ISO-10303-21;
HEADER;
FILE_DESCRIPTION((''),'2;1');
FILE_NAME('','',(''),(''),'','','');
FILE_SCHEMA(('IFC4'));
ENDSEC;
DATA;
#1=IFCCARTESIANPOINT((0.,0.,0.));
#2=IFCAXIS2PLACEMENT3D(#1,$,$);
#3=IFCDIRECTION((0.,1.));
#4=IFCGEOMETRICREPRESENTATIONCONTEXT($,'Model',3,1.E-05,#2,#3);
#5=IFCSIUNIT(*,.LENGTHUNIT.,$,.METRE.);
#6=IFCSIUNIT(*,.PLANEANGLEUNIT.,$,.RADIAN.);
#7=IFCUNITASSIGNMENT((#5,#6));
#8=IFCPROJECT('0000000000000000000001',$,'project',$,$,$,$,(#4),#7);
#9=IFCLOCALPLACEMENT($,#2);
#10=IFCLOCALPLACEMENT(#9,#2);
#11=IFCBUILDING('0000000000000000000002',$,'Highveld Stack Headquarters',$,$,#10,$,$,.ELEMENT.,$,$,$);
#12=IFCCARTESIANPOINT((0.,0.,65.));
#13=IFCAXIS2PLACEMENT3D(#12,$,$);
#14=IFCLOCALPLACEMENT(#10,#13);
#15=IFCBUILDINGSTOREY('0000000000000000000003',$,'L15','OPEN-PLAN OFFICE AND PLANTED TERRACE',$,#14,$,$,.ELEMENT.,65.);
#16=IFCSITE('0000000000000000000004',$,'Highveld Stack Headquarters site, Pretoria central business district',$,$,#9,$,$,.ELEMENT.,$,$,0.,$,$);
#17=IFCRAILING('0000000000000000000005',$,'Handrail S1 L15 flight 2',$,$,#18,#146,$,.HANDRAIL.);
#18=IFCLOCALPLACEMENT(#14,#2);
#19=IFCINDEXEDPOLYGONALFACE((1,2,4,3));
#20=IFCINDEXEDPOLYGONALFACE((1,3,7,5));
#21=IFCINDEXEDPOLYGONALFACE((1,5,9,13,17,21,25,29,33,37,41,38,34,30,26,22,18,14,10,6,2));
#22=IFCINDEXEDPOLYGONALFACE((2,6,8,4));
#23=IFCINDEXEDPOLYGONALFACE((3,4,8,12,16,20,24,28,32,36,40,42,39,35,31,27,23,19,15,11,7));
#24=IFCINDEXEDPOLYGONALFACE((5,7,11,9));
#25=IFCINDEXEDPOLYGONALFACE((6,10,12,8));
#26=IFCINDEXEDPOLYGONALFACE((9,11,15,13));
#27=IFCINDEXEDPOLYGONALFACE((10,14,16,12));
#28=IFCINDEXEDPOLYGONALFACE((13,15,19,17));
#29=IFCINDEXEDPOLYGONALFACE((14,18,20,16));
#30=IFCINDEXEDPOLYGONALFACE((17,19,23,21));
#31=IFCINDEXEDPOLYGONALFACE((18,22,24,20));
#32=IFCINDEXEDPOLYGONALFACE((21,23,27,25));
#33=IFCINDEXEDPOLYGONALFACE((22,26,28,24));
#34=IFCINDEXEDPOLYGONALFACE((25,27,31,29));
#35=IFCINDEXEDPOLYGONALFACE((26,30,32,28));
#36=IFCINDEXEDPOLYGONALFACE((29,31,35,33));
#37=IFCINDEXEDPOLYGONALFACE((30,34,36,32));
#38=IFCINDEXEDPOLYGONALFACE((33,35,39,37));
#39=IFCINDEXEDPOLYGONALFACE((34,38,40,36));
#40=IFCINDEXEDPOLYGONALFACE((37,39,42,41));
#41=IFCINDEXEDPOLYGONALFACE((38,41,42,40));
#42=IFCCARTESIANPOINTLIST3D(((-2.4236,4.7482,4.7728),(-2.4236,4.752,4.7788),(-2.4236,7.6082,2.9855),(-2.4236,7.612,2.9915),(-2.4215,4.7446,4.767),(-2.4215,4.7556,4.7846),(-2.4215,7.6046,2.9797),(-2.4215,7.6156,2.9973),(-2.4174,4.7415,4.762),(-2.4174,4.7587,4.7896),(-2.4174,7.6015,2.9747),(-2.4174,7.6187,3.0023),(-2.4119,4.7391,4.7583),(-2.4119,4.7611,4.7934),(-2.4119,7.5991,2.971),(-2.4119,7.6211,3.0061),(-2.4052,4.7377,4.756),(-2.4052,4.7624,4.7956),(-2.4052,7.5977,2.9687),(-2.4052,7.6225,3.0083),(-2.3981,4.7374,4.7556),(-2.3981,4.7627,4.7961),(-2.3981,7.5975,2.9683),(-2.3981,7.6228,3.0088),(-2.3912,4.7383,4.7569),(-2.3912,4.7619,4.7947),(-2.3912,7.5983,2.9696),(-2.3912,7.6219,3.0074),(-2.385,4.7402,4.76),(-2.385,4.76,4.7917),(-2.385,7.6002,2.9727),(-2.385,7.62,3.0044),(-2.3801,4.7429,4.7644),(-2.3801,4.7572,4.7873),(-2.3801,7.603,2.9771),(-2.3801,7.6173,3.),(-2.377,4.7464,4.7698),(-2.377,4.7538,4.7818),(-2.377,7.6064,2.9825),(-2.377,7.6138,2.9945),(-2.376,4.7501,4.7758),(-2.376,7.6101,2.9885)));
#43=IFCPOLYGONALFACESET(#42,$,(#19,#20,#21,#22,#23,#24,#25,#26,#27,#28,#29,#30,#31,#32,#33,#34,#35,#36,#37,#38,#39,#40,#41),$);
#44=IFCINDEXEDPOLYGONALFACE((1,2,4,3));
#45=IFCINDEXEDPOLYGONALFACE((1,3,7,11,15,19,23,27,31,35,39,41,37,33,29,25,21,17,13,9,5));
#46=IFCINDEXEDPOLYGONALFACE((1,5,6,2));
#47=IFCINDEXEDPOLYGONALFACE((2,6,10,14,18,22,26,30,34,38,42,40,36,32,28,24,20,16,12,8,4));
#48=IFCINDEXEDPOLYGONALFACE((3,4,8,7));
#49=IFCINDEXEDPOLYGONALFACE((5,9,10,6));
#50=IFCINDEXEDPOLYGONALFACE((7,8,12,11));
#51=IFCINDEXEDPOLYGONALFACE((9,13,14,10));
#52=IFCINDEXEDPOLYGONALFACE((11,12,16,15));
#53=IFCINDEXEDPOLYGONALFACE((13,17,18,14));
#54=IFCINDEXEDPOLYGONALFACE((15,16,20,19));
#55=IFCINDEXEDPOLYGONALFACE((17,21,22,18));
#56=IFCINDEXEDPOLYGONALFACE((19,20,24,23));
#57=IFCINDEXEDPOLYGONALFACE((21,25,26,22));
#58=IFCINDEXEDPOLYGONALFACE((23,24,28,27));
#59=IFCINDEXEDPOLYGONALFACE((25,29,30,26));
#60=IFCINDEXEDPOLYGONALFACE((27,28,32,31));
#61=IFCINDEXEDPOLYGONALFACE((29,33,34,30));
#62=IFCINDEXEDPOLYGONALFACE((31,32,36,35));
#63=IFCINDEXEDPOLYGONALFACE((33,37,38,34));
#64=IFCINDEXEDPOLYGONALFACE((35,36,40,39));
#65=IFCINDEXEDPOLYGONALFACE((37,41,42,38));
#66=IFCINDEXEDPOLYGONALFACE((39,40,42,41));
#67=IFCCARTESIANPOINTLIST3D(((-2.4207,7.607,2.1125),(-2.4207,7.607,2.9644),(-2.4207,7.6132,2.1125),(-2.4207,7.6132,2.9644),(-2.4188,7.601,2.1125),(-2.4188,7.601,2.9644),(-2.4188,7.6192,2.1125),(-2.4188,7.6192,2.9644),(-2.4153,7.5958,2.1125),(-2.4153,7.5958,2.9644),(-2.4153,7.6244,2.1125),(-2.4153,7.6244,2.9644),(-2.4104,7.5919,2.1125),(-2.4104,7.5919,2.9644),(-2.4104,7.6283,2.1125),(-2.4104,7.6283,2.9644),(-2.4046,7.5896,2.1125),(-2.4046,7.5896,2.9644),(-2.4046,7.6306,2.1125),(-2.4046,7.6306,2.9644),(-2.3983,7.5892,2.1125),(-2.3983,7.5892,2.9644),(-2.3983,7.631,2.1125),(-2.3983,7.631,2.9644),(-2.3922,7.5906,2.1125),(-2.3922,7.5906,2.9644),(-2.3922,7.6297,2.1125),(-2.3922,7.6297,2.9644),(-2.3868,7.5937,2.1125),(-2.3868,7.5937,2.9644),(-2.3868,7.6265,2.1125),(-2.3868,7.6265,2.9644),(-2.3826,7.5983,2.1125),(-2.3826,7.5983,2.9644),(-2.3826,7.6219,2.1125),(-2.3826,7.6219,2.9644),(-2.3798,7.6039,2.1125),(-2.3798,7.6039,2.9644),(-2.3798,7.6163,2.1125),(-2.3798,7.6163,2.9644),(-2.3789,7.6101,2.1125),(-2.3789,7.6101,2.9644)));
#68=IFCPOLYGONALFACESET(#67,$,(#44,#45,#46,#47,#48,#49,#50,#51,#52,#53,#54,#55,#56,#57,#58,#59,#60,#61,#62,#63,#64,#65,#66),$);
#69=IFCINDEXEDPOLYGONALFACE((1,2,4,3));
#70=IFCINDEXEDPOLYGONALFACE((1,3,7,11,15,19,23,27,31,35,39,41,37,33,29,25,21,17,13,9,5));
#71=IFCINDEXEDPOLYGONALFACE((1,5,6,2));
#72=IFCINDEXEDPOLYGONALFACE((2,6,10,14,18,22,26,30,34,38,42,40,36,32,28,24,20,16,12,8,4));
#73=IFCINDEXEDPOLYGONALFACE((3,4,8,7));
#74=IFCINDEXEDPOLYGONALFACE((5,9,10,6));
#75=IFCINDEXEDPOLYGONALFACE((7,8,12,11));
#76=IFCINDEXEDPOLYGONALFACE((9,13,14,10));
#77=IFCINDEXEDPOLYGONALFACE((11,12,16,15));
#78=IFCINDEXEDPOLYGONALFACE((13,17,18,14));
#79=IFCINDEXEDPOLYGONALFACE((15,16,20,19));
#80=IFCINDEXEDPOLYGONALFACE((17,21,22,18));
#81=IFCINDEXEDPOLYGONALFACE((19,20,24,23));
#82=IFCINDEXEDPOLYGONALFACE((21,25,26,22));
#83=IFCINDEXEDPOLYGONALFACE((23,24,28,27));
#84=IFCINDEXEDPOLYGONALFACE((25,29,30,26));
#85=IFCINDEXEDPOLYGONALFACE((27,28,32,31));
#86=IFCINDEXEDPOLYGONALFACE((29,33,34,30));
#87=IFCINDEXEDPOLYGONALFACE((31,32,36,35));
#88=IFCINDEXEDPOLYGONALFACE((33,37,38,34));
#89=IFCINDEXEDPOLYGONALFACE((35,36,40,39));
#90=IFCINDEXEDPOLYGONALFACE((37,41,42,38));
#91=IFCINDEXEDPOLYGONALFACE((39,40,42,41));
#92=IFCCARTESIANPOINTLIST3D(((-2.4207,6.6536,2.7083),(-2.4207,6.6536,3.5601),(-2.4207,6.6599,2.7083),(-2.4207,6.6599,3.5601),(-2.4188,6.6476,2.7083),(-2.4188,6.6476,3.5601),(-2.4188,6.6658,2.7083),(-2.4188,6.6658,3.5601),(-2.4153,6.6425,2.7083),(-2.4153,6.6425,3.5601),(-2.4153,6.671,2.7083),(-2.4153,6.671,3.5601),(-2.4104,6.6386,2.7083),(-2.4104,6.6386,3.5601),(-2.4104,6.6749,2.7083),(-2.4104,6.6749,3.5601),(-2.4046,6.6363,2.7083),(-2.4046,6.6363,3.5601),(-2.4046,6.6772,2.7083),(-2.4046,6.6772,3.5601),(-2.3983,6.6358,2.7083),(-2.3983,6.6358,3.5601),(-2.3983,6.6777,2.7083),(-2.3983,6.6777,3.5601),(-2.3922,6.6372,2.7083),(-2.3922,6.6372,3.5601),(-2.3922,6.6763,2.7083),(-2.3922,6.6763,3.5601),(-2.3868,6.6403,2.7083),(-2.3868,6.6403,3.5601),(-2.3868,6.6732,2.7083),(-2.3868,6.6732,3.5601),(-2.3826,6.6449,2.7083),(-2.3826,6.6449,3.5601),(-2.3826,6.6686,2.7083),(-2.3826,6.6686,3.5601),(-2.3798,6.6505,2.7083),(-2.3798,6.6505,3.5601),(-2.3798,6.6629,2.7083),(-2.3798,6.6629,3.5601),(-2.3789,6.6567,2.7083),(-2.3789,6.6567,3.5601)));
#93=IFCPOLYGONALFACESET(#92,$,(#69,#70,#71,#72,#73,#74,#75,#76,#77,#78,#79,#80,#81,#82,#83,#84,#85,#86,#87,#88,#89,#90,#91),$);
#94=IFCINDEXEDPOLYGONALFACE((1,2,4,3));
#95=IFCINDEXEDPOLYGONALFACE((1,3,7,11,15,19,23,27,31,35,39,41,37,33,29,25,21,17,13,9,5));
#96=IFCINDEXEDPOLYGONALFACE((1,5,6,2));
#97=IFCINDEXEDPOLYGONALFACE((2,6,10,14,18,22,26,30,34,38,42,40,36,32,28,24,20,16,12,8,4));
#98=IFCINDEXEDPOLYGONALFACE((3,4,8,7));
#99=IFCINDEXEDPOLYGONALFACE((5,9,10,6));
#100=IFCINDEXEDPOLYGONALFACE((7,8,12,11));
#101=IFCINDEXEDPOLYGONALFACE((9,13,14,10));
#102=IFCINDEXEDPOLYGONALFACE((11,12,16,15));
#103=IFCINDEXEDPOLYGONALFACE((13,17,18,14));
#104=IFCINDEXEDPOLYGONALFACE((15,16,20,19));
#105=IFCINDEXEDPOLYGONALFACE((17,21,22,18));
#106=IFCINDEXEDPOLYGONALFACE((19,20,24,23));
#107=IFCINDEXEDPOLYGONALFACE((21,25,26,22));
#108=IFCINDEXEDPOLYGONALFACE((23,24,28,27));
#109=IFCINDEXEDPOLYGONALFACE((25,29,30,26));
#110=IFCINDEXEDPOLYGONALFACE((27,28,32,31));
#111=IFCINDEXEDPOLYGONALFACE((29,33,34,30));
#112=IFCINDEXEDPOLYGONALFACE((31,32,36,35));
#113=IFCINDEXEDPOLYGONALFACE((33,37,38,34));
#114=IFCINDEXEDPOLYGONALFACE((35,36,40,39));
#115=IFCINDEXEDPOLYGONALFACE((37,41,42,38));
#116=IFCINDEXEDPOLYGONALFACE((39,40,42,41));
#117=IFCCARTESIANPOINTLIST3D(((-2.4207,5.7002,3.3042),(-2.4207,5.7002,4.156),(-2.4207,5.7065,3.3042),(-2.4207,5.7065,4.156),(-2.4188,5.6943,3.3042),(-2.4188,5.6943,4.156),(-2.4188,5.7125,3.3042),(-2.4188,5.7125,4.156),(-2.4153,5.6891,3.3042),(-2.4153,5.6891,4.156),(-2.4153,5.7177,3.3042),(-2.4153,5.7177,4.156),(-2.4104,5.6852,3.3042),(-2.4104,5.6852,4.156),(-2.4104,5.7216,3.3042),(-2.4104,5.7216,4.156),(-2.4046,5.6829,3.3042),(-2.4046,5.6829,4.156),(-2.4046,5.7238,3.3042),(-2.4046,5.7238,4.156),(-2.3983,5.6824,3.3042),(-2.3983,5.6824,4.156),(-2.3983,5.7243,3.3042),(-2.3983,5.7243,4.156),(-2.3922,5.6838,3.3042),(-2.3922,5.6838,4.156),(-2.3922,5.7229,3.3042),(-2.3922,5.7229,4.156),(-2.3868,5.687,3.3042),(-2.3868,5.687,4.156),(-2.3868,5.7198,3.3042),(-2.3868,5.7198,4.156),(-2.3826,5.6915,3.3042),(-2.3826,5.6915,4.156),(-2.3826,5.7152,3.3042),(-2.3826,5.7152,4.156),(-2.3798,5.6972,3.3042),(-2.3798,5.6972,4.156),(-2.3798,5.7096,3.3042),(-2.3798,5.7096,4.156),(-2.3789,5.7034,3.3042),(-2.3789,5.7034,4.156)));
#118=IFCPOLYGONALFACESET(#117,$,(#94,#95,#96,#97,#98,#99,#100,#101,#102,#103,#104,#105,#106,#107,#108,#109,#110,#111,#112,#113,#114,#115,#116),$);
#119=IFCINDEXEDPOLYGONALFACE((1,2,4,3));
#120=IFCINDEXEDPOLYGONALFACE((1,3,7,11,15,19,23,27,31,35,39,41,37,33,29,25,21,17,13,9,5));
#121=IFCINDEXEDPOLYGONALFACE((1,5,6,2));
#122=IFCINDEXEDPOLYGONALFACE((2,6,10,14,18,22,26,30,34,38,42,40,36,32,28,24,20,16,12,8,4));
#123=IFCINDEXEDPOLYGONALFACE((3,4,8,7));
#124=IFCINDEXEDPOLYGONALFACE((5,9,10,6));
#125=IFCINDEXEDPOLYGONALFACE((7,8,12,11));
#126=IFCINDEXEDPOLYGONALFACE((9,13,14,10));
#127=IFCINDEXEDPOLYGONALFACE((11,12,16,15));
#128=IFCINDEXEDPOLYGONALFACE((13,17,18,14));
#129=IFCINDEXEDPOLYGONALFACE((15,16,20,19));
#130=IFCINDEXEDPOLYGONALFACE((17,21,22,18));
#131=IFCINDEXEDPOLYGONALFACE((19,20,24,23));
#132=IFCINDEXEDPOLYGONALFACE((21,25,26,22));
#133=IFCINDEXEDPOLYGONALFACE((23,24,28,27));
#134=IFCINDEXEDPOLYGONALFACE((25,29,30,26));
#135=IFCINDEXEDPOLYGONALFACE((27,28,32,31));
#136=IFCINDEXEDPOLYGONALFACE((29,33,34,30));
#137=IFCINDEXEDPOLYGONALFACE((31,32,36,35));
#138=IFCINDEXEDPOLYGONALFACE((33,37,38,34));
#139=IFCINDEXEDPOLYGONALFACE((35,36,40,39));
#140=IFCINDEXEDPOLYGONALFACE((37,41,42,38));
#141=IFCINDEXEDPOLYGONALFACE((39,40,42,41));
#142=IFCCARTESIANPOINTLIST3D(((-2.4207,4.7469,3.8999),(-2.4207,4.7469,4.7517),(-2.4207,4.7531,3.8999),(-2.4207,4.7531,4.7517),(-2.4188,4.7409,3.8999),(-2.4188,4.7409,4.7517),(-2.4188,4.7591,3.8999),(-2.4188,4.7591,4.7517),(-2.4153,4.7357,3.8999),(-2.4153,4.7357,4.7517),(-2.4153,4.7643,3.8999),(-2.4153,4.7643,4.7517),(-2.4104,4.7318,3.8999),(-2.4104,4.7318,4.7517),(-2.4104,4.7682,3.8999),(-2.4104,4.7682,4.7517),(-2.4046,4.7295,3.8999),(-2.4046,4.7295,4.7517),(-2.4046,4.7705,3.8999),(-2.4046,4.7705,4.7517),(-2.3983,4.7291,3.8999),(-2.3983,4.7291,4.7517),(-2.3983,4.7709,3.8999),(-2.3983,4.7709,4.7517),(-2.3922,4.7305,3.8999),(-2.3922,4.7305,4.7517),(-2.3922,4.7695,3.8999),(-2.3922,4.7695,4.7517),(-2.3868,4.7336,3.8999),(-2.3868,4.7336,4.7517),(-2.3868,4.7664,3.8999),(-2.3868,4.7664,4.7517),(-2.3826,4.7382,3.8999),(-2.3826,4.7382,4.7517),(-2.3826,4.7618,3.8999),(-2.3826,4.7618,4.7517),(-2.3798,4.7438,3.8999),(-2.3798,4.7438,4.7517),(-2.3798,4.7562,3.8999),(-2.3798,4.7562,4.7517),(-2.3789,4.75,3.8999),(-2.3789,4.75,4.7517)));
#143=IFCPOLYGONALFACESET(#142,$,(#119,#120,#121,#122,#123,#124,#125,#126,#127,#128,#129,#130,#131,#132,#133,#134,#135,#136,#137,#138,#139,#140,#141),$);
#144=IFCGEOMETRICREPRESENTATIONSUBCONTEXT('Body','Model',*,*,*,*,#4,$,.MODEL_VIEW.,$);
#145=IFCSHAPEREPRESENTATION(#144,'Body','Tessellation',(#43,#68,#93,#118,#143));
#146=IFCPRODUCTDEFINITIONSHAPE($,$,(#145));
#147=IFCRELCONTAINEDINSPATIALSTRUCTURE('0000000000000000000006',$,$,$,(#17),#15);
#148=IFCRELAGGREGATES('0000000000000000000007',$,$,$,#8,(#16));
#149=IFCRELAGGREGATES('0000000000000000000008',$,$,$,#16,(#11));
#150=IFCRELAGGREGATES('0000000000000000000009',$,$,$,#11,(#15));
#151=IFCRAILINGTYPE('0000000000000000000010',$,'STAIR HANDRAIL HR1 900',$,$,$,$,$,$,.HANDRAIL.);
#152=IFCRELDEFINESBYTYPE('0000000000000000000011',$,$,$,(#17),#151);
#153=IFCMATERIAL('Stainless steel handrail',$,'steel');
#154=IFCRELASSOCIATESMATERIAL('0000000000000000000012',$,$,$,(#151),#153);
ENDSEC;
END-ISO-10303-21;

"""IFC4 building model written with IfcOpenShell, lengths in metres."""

from ifc_helpers import new_model, si_unit, direction, frame, origin, origin_2d, place, context, subcontext, project, spatial, circle, extrude, material, type_object, element, save


model = new_model("IFC4")

# Units and contexts
model_context = context("Model", 3, precision=1e-05, world=origin(), true_north=direction((0.0, 1.0)))
body_context = subcontext(model_context, "Body", "Model", "MODEL_VIEW")
ifc_project = project(units=[si_unit("LENGTHUNIT", "METRE"), si_unit("PLANEANGLEUNIT", "RADIAN")], contexts=[model_context])

# Site, building, storey
site_placement = place(None, origin())
site = spatial("IfcSite", under=ifc_project, at=site_placement, Name="Highveld Stack Headquarters site, Pretoria central business district", CompositionType="ELEMENT", RefElevation=0.0)
building_placement = place(site_placement, origin())
building = spatial("IfcBuilding", under=site, at=building_placement, Name="Highveld Stack Headquarters", CompositionType="ELEMENT")
storey_placement = place(building_placement, frame((0.0, 0.0, 65.0)))
storey = spatial("IfcBuildingStorey", under=building, at=storey_placement, Name="L15", Description="OPEN-PLAN OFFICE AND PLANTED TERRACE", CompositionType="ELEMENT", Elevation=65.0)

# Railing
ifc_material_1 = material(Name="Stainless steel handrail", Category="steel")
railing_type = type_object("IfcRailingType", Name="STAIR HANDRAIL HR1 900", PredefinedType="HANDRAIL", material=ifc_material_1)
for number, where, name in (
    (1, (-2.3999, 7.6101, 2.1125), "Handrail S1 L15 flight 2"),
):
    element("IfcRailing", number, at=place(storey_placement, frame(where)), inside=storey, type_object=railing_type, Name=name, PredefinedType="HANDRAIL", context=body_context, shape_type="SweptSolid", body=[
        extrude(circle(Radius=0.0239, at=origin_2d()), frame((0.0, 0.0, 0.876), z_axis=(0.0, -0.848027, 0.529953), x_axis=(1.0, 0.0, 0.0)), (0.0, 0.0, 1.0), 3.3726),
        extrude(circle(Radius=0.021, at=origin_2d()), origin(), (0.0, 0.0, 1.0), 0.8518),
        extrude(circle(Radius=0.021, at=origin_2d()), frame((0.0, -0.9534, 0.5957)), (0.0, 0.0, 1.0), 0.8518),
        extrude(circle(Radius=0.021, at=origin_2d()), frame((0.0, -1.9067, 1.1917)), (0.0, 0.0, 1.0), 0.8518),
        extrude(circle(Radius=0.021, at=origin_2d()), frame((0.0, -2.8601, 1.7874)), (0.0, 0.0, 1.0), 0.8518),
    ])

save(model, "model.ifc")
